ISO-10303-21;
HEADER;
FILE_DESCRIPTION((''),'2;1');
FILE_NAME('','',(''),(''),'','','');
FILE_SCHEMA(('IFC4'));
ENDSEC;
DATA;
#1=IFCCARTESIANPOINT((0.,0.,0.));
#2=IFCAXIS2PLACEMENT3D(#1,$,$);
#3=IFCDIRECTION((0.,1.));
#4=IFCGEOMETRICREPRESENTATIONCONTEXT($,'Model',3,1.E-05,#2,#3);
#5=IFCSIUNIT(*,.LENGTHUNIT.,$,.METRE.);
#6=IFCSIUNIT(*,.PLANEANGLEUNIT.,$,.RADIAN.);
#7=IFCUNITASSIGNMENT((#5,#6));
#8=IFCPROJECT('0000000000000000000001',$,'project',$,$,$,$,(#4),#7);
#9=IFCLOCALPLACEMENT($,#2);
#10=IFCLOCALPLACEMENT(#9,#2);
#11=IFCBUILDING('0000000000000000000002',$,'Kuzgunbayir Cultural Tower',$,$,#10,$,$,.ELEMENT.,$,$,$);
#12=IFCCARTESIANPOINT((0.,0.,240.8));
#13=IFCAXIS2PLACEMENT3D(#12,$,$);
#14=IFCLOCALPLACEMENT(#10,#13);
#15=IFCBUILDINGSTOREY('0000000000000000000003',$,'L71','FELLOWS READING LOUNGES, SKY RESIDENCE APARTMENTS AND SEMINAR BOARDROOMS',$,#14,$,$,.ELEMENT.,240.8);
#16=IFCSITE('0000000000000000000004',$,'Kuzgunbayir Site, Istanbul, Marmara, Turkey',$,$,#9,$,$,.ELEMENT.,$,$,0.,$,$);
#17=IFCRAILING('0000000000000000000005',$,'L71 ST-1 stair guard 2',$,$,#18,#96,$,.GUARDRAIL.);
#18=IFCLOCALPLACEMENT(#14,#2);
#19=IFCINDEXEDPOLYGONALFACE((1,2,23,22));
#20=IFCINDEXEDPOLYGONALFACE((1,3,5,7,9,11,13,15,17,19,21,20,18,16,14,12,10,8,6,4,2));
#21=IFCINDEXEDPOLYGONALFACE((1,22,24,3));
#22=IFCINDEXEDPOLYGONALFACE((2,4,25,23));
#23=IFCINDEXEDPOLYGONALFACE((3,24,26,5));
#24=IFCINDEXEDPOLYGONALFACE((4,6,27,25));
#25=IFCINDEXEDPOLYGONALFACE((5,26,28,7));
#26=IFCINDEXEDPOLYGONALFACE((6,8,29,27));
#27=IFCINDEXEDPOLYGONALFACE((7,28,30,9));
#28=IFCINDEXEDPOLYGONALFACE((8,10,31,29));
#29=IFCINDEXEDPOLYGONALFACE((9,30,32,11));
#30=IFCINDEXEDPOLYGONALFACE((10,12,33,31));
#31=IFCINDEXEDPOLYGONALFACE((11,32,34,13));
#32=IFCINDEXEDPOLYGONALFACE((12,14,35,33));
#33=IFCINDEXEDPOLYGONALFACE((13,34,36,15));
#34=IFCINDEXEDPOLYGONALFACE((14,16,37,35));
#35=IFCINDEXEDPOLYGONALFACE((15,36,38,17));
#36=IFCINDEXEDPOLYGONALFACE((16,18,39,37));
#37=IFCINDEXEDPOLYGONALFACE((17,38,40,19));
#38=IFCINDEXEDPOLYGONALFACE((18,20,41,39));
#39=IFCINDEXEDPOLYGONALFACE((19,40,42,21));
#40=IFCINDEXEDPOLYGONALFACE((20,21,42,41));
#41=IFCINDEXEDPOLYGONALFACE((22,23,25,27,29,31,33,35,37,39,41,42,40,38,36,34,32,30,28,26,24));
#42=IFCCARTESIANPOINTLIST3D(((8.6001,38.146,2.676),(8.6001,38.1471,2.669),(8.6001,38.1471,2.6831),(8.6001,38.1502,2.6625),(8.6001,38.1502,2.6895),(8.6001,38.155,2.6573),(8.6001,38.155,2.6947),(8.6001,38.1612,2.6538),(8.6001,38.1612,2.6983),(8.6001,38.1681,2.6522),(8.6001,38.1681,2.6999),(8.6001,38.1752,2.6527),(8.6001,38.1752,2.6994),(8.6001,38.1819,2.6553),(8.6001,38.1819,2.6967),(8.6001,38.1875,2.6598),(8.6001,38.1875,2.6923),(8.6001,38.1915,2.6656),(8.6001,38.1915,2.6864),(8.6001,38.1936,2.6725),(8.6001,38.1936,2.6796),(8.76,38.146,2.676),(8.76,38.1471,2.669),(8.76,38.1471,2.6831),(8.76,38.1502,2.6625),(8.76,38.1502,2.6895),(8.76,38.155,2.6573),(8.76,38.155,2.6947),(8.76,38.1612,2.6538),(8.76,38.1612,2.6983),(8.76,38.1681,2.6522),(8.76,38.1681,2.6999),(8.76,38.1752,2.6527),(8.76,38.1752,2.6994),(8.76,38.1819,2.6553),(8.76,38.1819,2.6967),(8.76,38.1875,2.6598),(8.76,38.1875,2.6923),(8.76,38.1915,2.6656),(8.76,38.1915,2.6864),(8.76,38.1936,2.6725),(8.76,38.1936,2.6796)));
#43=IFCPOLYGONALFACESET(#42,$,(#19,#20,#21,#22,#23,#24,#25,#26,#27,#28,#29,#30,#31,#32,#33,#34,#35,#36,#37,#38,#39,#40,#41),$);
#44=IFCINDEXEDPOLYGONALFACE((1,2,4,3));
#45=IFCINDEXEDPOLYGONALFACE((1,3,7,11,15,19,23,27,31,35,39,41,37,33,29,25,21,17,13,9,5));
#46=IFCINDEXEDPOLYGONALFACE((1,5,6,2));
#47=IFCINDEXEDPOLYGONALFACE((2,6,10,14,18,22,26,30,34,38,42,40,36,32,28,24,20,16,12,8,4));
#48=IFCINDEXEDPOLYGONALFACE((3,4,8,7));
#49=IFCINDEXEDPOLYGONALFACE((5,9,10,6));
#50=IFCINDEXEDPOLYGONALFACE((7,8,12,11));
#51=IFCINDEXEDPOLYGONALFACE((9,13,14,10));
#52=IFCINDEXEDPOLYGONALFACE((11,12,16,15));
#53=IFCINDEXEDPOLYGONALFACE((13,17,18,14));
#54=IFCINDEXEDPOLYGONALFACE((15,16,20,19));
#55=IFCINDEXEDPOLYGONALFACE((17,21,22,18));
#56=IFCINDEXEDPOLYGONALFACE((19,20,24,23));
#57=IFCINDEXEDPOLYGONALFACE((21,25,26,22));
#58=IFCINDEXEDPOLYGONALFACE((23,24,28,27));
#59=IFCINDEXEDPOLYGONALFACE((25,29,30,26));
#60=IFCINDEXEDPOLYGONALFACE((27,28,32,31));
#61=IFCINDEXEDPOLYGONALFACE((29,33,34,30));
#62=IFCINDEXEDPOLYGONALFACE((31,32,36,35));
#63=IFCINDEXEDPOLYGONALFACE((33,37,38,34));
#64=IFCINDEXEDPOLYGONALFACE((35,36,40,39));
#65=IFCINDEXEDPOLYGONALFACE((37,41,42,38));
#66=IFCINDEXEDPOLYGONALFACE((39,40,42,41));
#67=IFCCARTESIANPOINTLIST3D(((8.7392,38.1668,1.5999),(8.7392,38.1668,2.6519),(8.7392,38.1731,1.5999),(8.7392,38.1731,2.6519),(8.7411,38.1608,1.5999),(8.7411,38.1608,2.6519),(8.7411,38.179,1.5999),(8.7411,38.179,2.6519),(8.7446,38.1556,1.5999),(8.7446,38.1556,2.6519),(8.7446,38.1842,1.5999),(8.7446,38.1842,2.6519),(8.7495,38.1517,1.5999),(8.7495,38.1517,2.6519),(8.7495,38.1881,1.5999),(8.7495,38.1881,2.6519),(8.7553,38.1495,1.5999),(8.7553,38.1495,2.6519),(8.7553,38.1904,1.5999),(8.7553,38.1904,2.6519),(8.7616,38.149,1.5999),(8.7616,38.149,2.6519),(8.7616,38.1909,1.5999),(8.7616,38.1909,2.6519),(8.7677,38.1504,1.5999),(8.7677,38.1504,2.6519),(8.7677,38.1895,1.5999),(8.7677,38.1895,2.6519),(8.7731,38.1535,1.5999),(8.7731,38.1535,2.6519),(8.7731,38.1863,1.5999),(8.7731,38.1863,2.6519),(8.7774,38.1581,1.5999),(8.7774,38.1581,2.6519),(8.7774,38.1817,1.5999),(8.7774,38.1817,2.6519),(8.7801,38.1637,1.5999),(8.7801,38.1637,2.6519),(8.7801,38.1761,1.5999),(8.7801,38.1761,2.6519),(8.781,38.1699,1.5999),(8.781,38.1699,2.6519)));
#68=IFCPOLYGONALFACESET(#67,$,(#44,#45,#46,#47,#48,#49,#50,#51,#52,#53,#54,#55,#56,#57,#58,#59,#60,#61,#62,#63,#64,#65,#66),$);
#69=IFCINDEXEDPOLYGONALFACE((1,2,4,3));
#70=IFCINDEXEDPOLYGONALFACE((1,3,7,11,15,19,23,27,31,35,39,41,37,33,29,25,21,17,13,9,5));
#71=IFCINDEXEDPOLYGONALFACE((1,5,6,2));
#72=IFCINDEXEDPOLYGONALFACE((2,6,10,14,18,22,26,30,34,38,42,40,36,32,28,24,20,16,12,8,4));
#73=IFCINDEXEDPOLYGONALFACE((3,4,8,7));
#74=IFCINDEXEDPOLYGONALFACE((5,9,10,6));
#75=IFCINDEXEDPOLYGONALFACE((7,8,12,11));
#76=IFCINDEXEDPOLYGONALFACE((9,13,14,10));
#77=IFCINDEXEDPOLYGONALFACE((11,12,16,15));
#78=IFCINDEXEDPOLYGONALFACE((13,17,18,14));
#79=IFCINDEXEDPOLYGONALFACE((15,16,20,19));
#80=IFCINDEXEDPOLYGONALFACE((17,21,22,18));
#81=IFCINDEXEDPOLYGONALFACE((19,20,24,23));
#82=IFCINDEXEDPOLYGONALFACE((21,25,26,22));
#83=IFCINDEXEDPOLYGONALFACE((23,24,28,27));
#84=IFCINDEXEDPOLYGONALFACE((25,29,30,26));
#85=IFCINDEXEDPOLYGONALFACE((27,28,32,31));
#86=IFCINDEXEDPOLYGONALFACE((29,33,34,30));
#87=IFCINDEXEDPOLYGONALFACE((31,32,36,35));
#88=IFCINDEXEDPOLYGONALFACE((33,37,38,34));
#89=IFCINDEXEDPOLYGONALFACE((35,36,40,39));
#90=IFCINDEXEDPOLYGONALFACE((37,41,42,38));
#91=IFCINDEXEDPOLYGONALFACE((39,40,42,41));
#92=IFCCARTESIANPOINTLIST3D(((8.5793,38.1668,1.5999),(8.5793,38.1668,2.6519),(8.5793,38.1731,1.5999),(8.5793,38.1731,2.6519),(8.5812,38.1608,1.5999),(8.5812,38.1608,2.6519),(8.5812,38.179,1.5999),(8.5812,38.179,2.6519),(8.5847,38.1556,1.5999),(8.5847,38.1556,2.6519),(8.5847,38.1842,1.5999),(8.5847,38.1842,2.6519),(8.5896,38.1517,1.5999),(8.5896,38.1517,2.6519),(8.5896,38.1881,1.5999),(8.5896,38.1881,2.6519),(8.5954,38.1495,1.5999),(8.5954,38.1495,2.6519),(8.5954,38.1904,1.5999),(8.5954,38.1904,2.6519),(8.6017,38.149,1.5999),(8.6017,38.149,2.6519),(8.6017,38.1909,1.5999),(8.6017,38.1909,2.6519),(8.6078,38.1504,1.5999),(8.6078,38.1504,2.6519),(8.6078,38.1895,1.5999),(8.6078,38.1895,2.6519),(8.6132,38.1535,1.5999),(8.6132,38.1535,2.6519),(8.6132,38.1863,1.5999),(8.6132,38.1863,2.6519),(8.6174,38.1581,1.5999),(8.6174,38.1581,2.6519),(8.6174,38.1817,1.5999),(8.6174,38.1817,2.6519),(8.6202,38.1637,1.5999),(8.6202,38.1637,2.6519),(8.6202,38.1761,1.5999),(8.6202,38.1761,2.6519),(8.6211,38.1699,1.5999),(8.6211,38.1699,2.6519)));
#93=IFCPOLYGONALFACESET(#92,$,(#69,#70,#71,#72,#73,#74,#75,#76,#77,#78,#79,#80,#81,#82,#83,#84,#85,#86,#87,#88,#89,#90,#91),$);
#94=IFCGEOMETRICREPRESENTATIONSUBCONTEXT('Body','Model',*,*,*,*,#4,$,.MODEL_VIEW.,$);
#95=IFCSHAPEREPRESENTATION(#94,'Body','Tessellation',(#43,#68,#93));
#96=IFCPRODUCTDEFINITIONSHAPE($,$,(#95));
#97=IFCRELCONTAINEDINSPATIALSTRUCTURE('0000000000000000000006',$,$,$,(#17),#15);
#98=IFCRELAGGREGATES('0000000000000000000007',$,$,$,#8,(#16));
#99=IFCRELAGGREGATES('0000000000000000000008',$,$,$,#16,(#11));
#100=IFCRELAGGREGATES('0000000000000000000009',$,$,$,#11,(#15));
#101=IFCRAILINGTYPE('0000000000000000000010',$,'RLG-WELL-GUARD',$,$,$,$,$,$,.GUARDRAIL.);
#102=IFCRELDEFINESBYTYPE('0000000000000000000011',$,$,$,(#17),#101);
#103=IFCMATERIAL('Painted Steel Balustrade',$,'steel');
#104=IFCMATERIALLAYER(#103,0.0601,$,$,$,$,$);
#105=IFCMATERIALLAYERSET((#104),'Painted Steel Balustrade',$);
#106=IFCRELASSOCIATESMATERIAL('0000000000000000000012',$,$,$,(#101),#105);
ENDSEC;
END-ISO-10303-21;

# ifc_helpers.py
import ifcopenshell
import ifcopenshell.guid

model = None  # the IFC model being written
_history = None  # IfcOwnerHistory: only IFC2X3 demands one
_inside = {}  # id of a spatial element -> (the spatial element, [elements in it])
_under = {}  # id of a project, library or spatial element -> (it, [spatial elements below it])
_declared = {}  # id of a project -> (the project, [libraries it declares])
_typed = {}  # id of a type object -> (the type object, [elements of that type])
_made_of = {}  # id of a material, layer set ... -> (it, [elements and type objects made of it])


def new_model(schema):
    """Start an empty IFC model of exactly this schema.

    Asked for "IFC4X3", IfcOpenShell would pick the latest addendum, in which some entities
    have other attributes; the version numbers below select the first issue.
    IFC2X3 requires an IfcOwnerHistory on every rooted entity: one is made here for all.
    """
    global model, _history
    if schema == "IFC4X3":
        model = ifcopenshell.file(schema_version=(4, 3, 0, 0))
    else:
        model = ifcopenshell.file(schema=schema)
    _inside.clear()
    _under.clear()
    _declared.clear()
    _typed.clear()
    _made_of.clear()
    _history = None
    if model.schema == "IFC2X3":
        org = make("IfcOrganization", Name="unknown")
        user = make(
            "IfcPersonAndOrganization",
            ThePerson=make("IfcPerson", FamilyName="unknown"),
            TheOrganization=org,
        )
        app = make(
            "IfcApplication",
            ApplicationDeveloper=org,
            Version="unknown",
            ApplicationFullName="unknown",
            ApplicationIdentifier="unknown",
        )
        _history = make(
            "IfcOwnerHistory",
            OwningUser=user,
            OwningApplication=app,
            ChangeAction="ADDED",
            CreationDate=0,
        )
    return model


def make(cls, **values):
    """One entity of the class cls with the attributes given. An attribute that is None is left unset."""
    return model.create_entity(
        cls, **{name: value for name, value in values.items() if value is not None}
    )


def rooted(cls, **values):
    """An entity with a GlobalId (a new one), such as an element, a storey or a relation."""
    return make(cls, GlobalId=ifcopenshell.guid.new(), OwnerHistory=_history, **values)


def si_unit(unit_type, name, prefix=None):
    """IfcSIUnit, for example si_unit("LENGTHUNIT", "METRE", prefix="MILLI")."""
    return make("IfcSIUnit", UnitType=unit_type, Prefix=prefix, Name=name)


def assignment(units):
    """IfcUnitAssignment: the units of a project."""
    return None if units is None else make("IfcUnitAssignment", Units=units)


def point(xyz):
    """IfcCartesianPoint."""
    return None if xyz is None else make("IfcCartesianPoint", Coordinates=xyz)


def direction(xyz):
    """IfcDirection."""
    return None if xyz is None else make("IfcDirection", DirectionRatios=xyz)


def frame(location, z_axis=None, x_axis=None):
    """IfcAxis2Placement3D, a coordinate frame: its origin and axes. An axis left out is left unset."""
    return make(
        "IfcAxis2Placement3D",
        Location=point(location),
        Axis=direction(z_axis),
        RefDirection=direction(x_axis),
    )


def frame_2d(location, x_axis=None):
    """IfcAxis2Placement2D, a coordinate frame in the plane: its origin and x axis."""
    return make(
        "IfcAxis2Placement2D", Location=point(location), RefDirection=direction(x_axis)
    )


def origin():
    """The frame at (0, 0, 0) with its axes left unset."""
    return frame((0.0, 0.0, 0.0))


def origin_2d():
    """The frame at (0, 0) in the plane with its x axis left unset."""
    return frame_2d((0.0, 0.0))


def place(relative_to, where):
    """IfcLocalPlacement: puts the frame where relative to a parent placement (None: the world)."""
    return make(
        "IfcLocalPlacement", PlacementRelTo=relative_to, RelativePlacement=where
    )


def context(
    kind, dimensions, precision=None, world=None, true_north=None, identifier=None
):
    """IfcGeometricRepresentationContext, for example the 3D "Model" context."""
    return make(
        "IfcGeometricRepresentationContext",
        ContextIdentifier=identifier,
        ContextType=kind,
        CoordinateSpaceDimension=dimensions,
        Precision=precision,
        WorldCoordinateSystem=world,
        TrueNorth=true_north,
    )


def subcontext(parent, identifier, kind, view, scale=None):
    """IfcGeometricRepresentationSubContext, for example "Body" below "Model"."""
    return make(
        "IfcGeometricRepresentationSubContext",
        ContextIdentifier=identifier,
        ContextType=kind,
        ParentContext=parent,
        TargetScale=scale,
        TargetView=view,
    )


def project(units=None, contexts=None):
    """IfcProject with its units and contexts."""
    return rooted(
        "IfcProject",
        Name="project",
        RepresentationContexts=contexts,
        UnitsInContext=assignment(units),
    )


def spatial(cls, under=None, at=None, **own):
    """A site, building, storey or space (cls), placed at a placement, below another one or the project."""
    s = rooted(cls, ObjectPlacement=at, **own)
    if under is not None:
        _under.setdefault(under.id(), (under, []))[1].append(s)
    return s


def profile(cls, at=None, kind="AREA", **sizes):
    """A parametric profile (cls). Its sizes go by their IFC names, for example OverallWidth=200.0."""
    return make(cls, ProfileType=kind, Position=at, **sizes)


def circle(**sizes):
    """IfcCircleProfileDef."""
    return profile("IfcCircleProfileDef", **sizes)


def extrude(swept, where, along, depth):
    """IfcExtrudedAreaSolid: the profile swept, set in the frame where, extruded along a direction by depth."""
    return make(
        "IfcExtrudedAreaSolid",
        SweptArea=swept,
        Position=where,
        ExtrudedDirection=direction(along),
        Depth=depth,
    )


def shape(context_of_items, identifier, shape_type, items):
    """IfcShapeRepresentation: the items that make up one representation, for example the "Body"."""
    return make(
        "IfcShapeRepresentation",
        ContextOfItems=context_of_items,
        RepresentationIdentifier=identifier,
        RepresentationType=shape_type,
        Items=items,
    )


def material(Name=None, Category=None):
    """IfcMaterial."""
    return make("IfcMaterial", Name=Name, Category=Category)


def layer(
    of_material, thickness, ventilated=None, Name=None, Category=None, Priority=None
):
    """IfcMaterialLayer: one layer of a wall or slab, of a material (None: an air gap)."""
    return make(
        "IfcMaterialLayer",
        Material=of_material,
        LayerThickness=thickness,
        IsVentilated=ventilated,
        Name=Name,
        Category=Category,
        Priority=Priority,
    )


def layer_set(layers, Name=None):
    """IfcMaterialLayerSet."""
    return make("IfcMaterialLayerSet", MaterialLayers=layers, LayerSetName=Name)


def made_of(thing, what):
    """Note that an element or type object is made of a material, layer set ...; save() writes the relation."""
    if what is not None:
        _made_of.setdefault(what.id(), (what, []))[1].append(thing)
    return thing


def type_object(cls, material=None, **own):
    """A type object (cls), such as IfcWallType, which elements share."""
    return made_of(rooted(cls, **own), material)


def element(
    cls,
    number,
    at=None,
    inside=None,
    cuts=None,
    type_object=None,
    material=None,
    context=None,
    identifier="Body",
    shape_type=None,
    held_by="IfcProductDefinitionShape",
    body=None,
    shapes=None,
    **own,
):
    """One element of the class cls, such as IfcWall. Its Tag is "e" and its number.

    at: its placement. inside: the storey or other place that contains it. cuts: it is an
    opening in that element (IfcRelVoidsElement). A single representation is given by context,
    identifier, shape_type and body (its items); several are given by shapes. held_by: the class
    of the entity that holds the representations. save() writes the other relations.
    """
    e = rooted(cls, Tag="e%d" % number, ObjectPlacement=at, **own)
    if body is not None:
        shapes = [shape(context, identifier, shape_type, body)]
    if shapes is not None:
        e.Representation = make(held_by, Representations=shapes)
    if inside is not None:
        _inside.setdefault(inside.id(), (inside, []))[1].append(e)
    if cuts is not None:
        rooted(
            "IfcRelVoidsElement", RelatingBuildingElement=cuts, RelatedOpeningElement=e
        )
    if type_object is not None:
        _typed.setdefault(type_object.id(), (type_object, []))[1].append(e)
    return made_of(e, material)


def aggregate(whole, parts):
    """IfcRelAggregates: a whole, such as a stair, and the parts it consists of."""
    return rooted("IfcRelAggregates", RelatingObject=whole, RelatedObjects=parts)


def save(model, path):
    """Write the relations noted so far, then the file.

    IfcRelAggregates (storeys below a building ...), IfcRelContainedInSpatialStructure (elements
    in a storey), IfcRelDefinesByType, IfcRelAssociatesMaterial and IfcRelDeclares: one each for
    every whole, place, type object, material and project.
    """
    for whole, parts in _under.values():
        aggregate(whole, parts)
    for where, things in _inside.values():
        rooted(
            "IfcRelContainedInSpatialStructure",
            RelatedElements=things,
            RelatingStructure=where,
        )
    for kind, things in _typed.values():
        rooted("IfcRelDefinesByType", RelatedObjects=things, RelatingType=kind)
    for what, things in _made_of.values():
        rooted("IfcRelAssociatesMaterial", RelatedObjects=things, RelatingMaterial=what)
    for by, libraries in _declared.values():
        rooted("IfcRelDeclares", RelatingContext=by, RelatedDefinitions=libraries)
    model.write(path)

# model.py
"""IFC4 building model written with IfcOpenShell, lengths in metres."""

from ifc_helpers import new_model, si_unit, direction, frame, origin, origin_2d, place, context, subcontext, project, spatial, circle, extrude, material, layer, layer_set, type_object, element, save


model = new_model("IFC4")

# Units and contexts
model_context = context("Model", 3, precision=1e-05, world=origin(), true_north=direction((0.0, 1.0)))
body_context = subcontext(model_context, "Body", "Model", "MODEL_VIEW")
ifc_project = project(units=[si_unit("LENGTHUNIT", "METRE"), si_unit("PLANEANGLEUNIT", "RADIAN")], contexts=[model_context])

# Site, building, storey
site_placement = place(None, origin())
site = spatial("IfcSite", under=ifc_project, at=site_placement, Name="Kuzgunbayir Site, Istanbul, Marmara, Turkey", CompositionType="ELEMENT", RefElevation=0.0)
building_placement = place(site_placement, origin())
building = spatial("IfcBuilding", under=site, at=building_placement, Name="Kuzgunbayir Cultural Tower", CompositionType="ELEMENT")
storey_placement = place(building_placement, frame((0.0, 0.0, 240.8)))
storey = spatial("IfcBuildingStorey", under=building, at=storey_placement, Name="L71", Description="FELLOWS READING LOUNGES, SKY RESIDENCE APARTMENTS AND SEMINAR BOARDROOMS", CompositionType="ELEMENT", Elevation=240.8)

# Railing
ifc_material_1 = material(Name="Painted Steel Balustrade", Category="steel")
ifc_layer_1 = layer(ifc_material_1, 0.0601)
ifc_layer_set_1 = layer_set([ifc_layer_1], Name="Painted Steel Balustrade")
railing_type_1 = type_object("IfcRailingType", Name="RLG-WELL-GUARD", PredefinedType="GUARDRAIL", material=ifc_layer_set_1)
railing_1_placement = place(storey_placement, frame((8.76, 38.1699, 1.5999)))
element("IfcRailing", 1, at=railing_1_placement, inside=storey, type_object=railing_type_1, Name="L71 ST-1 stair guard 2", PredefinedType="GUARDRAIL", context=body_context, shape_type="SweptSolid", body=[
    extrude(circle(Radius=0.0239, at=origin_2d()), frame((0.0, 0.0, 1.0762), z_axis=(-1.0, 0.0, 0.0), x_axis=(0.0, -1.0, 0.0)), (0.0, 0.0, 1.0), 0.1599),
    extrude(circle(Radius=0.021, at=origin_2d()), origin(), (0.0, 0.0, 1.0), 1.052),
    extrude(circle(Radius=0.021, at=origin_2d()), frame((-0.1599, 0.0, 0.0)), (0.0, 0.0, 1.0), 1.052),
])

save(model, "model.ifc")
